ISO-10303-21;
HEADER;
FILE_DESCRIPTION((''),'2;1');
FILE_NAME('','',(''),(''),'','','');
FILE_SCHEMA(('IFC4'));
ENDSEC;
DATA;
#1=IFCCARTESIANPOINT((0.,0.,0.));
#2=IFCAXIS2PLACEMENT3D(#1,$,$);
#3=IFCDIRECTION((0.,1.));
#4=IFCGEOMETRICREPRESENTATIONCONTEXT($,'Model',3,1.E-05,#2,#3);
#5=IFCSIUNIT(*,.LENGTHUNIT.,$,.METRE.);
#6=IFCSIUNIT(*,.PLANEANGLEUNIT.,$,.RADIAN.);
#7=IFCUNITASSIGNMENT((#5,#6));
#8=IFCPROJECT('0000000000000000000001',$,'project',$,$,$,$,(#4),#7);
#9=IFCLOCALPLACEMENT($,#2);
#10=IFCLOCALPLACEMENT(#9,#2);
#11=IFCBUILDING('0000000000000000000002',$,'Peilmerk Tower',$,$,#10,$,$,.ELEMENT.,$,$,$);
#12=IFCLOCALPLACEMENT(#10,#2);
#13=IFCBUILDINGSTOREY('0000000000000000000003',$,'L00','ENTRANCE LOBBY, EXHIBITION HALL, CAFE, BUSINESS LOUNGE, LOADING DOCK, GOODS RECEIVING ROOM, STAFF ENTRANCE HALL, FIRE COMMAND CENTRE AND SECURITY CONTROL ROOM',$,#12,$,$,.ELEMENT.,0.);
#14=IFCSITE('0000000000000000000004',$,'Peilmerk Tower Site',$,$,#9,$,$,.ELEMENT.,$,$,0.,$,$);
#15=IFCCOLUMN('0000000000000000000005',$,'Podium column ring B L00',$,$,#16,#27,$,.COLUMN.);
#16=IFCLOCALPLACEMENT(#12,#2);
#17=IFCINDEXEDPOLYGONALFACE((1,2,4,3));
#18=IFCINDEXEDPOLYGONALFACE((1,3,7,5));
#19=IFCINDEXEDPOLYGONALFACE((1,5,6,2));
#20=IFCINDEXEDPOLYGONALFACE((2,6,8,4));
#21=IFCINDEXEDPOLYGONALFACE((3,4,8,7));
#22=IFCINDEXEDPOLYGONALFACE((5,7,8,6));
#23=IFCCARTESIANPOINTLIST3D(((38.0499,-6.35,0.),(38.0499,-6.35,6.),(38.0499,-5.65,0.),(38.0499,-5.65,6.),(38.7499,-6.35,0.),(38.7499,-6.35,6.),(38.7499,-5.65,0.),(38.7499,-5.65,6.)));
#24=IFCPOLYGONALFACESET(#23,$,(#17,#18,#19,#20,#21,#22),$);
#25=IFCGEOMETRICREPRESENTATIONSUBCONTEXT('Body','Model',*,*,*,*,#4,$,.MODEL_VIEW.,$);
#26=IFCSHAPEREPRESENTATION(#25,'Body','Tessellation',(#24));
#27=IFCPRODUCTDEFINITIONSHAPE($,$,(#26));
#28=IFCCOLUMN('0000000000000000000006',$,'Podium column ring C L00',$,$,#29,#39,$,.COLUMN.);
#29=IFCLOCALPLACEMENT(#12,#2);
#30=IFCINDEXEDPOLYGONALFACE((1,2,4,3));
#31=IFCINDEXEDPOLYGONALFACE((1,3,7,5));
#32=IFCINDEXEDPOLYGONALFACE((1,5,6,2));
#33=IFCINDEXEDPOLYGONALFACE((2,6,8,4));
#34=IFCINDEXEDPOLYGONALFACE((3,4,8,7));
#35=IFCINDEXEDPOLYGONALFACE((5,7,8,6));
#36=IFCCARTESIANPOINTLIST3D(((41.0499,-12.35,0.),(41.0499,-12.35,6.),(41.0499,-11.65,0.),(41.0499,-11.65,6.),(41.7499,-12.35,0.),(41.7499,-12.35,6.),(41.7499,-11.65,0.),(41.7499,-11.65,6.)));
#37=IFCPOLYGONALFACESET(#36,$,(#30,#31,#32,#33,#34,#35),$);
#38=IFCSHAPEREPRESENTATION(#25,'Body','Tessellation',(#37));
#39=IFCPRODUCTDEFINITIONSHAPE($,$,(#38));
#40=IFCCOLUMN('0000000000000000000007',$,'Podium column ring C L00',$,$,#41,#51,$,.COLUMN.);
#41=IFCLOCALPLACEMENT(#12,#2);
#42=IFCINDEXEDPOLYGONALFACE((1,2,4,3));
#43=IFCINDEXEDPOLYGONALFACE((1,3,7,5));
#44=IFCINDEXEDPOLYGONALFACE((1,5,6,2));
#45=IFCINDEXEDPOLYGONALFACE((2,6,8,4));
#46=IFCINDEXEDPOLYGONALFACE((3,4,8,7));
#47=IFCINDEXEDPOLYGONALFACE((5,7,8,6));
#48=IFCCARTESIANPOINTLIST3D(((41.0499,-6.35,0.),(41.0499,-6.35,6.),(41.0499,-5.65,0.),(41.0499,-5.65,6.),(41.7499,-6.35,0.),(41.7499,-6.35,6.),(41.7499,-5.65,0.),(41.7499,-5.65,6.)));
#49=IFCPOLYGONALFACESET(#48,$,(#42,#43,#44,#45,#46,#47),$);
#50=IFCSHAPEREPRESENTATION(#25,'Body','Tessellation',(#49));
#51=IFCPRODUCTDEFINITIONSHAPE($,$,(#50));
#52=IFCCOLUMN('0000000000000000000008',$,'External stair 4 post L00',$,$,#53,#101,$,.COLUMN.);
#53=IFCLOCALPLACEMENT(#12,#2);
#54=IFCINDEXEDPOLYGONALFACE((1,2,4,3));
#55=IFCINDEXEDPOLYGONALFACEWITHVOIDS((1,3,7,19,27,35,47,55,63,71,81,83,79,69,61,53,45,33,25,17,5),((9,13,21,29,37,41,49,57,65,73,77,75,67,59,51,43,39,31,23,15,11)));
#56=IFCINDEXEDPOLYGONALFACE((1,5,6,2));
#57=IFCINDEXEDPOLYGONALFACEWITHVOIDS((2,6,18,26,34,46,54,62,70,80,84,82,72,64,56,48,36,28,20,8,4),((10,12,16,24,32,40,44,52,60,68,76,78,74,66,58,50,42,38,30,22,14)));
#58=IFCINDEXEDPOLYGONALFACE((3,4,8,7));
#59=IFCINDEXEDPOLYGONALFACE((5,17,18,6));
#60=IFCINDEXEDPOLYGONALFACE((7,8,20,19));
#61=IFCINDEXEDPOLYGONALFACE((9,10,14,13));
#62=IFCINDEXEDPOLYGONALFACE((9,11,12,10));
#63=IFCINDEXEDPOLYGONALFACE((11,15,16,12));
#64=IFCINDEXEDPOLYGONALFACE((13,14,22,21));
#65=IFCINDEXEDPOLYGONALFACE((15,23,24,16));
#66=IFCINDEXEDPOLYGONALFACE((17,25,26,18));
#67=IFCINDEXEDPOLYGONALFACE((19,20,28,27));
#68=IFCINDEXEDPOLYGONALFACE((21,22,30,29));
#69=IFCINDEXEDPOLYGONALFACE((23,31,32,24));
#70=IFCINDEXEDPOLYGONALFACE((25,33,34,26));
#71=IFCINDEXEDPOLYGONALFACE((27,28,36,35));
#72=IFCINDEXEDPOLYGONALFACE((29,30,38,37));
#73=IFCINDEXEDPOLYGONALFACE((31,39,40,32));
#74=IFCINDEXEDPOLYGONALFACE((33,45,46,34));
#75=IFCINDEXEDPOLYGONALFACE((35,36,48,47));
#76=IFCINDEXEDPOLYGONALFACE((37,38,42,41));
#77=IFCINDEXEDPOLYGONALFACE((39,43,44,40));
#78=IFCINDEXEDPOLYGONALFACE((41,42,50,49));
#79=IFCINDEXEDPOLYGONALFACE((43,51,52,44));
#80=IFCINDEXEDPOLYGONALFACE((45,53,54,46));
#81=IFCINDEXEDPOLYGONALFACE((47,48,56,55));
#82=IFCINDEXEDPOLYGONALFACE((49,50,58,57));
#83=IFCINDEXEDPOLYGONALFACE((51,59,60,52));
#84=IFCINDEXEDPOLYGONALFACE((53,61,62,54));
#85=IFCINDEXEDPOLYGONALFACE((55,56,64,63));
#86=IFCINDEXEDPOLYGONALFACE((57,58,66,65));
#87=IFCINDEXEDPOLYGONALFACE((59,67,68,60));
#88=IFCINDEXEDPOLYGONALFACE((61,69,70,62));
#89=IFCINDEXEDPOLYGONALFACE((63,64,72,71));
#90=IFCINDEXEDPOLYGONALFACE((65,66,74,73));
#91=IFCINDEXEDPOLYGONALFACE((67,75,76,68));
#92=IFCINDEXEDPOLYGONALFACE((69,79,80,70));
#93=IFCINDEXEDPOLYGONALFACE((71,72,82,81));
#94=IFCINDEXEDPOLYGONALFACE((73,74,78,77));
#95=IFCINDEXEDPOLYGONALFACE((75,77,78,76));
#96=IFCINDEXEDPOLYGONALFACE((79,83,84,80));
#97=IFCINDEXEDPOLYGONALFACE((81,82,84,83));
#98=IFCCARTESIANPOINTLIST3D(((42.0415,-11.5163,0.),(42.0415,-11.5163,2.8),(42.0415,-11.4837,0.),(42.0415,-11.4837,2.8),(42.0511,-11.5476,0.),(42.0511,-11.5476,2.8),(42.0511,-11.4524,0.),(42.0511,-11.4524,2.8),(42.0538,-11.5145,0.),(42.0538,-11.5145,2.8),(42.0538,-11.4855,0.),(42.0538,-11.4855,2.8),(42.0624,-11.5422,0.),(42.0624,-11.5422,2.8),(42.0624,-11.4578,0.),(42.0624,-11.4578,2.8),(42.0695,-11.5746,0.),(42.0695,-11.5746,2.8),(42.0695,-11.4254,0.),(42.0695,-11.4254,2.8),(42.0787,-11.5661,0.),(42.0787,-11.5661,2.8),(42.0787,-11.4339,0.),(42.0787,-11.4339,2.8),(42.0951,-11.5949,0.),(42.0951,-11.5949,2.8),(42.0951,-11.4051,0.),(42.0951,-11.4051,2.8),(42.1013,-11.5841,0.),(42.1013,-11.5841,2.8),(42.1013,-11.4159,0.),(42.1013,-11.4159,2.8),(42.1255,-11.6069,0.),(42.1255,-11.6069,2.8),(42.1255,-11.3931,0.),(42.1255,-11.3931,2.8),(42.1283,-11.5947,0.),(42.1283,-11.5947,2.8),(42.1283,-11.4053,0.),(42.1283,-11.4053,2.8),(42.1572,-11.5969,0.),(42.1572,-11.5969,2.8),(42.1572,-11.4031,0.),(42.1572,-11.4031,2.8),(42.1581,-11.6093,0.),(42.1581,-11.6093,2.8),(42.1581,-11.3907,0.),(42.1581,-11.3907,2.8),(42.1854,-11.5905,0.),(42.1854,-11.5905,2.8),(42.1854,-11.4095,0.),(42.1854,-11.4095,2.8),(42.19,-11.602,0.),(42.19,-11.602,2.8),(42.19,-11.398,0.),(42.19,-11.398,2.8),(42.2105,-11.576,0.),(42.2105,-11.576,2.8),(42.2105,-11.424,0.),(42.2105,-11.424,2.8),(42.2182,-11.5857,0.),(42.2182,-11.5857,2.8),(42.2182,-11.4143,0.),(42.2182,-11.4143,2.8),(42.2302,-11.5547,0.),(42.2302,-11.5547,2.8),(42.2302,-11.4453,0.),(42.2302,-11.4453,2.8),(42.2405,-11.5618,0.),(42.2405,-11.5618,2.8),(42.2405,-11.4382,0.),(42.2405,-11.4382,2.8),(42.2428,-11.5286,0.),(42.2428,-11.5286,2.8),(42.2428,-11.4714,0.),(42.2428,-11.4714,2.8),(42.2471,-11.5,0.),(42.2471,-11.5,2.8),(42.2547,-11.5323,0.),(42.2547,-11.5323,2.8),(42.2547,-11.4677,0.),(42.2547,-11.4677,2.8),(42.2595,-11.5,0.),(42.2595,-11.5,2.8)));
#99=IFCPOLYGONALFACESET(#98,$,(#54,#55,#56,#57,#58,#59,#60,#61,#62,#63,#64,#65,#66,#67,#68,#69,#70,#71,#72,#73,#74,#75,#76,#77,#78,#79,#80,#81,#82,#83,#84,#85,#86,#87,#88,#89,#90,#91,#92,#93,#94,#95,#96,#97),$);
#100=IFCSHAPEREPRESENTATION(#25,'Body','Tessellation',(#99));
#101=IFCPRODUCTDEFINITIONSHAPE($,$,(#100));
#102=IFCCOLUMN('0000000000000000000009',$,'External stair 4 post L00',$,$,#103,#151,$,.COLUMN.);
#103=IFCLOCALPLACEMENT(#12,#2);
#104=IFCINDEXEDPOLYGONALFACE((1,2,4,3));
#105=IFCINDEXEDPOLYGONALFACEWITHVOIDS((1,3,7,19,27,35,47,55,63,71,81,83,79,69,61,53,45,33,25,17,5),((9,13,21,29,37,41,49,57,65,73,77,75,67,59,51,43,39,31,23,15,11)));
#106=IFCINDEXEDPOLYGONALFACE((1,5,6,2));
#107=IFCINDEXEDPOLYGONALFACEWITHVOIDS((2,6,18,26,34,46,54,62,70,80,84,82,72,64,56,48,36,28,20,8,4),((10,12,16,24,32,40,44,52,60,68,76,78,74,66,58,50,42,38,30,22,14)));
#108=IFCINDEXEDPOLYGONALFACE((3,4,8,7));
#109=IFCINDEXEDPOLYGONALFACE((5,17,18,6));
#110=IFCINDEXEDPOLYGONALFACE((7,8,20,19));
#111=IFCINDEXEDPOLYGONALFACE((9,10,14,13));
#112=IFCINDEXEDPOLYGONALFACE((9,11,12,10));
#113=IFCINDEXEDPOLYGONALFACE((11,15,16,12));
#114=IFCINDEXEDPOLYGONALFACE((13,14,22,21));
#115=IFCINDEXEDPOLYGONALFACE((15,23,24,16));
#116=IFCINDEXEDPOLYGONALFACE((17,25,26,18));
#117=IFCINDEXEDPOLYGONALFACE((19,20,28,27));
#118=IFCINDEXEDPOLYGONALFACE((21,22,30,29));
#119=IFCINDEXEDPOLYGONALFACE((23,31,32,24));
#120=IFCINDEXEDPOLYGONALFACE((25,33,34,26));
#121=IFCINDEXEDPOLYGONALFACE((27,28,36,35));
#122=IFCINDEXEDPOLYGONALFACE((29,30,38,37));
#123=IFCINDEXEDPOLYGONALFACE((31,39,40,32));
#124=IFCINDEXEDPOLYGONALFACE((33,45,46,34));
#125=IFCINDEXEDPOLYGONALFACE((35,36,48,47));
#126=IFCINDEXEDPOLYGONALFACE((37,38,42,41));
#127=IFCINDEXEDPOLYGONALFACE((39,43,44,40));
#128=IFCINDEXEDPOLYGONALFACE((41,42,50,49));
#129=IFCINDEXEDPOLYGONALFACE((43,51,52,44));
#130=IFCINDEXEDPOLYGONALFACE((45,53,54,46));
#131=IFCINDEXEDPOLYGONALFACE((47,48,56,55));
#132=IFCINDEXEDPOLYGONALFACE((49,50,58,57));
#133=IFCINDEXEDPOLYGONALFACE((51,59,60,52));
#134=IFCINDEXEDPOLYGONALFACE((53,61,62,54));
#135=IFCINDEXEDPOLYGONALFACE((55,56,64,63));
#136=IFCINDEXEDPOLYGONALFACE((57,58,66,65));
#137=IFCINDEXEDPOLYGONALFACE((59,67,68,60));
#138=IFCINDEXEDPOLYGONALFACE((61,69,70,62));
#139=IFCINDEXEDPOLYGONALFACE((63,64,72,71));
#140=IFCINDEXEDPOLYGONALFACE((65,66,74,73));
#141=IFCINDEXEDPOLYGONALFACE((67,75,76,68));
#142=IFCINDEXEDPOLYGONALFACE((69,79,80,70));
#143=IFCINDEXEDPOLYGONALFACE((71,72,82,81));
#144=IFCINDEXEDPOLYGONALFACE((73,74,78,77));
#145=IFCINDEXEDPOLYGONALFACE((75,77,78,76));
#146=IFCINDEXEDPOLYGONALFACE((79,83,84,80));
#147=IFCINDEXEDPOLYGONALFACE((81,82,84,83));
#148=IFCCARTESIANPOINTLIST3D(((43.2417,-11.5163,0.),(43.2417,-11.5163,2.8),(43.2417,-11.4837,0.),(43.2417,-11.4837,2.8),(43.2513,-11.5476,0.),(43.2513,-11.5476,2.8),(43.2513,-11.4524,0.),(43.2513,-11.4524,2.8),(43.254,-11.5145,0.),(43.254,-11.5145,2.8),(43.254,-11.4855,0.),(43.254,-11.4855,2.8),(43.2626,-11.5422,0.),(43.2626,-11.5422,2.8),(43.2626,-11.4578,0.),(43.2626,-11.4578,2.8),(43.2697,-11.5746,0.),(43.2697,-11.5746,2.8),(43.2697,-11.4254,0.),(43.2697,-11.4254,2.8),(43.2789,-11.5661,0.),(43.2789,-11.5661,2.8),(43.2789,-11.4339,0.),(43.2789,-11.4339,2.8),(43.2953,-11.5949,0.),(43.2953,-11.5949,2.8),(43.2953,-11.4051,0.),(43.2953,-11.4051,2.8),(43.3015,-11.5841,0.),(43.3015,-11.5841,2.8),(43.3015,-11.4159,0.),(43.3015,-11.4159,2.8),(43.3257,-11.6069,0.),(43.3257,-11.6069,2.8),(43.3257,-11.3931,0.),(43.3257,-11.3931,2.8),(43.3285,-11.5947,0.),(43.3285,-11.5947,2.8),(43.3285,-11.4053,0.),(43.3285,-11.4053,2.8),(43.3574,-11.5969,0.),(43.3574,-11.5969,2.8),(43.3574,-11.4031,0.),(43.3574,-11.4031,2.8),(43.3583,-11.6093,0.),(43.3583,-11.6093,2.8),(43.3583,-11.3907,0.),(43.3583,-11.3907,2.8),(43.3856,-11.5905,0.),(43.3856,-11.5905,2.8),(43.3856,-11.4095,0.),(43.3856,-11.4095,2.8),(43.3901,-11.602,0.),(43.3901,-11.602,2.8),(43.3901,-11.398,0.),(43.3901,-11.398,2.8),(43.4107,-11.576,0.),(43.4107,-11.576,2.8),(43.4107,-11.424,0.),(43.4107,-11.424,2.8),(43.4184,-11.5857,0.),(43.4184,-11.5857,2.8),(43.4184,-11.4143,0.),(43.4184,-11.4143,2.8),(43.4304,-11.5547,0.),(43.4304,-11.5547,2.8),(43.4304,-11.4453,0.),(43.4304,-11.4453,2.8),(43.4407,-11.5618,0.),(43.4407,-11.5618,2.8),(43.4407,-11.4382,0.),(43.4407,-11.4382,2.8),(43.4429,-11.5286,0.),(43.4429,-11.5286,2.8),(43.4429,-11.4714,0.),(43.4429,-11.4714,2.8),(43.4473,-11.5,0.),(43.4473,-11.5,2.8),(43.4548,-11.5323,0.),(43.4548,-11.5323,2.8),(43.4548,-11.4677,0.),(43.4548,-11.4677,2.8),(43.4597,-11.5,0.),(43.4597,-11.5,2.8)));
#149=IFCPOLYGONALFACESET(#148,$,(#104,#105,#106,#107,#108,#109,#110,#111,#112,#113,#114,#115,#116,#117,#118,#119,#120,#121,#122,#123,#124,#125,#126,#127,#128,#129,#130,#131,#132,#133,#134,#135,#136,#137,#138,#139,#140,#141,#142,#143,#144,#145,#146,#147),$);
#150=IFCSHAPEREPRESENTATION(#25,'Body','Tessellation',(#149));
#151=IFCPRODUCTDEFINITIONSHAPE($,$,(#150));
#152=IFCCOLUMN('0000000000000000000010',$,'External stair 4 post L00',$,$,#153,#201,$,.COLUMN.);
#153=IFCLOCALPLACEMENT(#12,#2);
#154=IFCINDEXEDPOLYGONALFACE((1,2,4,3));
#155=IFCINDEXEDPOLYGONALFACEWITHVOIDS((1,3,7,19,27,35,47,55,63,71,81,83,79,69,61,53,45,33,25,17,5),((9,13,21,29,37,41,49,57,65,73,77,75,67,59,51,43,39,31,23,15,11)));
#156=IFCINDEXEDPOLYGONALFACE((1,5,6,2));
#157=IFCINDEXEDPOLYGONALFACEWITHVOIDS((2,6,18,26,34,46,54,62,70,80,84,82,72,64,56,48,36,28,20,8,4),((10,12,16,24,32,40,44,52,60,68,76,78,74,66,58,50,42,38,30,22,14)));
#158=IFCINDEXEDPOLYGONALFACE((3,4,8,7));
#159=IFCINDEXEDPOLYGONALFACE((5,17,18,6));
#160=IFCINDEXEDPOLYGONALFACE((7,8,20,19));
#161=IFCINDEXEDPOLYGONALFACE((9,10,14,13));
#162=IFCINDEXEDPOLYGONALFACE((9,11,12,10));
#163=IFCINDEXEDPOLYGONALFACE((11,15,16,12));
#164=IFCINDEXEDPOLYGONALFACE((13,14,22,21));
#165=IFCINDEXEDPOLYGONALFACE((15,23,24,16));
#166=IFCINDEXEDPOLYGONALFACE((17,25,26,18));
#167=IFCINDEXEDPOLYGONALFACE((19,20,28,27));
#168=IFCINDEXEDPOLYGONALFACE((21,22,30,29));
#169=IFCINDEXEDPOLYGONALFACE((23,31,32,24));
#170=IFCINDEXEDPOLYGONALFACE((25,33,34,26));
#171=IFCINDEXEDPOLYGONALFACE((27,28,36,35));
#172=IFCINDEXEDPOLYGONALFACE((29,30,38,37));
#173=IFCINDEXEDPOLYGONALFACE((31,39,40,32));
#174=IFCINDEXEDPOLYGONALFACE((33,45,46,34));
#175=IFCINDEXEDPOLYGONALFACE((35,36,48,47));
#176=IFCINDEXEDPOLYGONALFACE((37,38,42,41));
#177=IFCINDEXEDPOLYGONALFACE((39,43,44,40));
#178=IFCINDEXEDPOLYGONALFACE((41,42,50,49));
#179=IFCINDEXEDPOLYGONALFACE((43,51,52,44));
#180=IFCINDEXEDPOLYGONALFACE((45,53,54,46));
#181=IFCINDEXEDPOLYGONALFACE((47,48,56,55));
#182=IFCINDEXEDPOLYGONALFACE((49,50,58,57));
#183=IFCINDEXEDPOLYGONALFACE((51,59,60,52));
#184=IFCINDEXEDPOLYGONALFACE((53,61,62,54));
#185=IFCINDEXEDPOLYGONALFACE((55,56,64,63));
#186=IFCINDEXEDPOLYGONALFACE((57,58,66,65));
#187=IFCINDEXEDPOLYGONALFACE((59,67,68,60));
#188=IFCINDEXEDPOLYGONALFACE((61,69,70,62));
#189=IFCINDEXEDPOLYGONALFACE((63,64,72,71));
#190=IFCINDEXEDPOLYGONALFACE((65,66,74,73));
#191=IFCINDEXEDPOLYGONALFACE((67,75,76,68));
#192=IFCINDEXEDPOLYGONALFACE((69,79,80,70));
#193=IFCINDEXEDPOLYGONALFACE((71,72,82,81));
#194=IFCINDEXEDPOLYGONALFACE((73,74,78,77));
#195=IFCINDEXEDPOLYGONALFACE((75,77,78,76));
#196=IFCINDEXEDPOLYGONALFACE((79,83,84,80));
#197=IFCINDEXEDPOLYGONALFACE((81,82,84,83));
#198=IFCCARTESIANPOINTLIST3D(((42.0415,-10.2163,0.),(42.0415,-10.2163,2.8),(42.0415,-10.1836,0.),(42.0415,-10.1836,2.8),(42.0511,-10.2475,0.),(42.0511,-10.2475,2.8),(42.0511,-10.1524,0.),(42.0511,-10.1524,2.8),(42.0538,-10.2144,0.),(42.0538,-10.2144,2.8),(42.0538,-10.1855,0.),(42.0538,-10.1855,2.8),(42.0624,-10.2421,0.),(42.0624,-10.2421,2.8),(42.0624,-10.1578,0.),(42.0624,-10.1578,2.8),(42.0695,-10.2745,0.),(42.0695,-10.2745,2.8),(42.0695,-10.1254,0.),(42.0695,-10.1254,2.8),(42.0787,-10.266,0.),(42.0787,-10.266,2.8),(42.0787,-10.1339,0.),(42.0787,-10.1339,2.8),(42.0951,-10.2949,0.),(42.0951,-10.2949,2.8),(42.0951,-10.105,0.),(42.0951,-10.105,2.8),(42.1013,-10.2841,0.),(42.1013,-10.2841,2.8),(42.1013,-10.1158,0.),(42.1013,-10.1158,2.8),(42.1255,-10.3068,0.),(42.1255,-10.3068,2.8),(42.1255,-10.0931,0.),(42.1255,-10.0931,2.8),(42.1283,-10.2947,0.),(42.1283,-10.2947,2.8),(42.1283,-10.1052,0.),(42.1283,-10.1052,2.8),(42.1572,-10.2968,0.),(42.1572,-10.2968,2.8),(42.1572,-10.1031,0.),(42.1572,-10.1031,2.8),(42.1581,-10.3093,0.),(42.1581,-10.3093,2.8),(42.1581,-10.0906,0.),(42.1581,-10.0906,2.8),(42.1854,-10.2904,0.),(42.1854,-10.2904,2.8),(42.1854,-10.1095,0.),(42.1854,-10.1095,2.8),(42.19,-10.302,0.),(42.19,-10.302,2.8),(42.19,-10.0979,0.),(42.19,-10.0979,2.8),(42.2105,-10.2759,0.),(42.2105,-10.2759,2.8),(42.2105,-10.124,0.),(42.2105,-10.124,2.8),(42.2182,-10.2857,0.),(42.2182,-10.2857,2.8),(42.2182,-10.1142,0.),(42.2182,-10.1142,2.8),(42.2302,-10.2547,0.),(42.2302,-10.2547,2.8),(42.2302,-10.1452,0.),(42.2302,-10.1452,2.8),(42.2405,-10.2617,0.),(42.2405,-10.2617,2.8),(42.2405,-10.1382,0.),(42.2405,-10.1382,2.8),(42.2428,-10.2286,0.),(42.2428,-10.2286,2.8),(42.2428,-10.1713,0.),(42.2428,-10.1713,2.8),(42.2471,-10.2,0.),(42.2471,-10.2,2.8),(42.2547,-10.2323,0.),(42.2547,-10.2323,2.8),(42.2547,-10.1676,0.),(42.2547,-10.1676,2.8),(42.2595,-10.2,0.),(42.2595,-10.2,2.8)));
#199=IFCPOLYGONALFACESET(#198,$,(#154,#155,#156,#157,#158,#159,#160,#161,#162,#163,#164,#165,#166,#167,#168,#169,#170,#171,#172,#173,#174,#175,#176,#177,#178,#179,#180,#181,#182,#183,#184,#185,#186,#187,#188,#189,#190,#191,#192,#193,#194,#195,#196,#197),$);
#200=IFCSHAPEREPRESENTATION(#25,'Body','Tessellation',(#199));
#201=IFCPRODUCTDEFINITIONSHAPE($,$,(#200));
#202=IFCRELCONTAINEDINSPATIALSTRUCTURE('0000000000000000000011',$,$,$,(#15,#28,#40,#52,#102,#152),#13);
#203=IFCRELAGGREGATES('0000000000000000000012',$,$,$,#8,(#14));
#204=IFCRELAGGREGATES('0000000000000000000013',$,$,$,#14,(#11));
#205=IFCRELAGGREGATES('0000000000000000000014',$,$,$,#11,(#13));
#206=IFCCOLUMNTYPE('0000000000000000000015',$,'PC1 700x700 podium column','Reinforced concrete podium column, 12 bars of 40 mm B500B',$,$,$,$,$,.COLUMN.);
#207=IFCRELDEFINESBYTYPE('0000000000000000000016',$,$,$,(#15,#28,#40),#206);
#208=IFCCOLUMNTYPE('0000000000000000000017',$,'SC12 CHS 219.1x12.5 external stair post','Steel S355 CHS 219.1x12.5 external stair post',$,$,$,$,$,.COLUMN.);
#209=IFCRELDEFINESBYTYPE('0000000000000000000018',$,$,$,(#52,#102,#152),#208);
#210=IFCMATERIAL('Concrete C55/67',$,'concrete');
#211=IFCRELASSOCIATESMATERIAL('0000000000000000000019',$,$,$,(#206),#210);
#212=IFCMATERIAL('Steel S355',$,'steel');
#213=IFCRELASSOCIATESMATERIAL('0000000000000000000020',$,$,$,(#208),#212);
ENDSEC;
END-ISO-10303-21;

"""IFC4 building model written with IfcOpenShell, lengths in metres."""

from ifc_helpers import new_model, si_unit, direction, frame, origin, origin_2d, place, context, subcontext, project, spatial, rectangle, hollow_circle, extrude, material, material_profile, profile_set, type_object, element, save


model = new_model("IFC4")

# Units and contexts
model_context = context("Model", 3, precision=1e-05, world=origin(), true_north=direction((0.0, 1.0)))
body_context = subcontext(model_context, "Body", "Model", "MODEL_VIEW")
ifc_project = project(units=[si_unit("LENGTHUNIT", "METRE"), si_unit("PLANEANGLEUNIT", "RADIAN")], contexts=[model_context])

# Site, building, storey
site_placement = place(None, origin())
site = spatial("IfcSite", under=ifc_project, at=site_placement, Name="Peilmerk Tower Site", CompositionType="ELEMENT", RefElevation=0.0)
building_placement = place(site_placement, origin())
building = spatial("IfcBuilding", under=site, at=building_placement, Name="Peilmerk Tower", CompositionType="ELEMENT")
storey_placement = place(building_placement, origin())
storey = spatial("IfcBuildingStorey", under=building, at=storey_placement, Name="L00", Description="ENTRANCE LOBBY, EXHIBITION HALL, CAFE, BUSINESS LOUNGE, LOADING DOCK, GOODS RECEIVING ROOM, STAFF ENTRANCE HALL, FIRE COMMAND CENTRE AND SECURITY CONTROL ROOM", CompositionType="ELEMENT", Elevation=0.0)

# Columns
ifc_material_1 = material(Name="Concrete C55/67", Category="concrete")
ifc_material_profile_1 = material_profile(ifc_material_1, rectangle(XDim=0.7, YDim=0.7, at=origin_2d()), Name="RC 700x700")
ifc_profile_set_1 = profile_set([ifc_material_profile_1], Name="Concrete C55/67")
column_type_1 = type_object("IfcColumnType", Name="PC1 700x700 podium column", Description="Reinforced concrete podium column, 12 bars of 40 mm B500B", PredefinedType="COLUMN", material=ifc_profile_set_1)
for number, where, z_axis, x_axis, name in (
    (1, (38.3999, -6.0, 0.0), (0.0, 0.0, 1.0), (1.0, 0.0, 0.0), "Podium column ring B L00"),
    (2, (41.3999, -12.0, 0.0), (0.0, 0.0, 1.0), (1.0, 0.0, 0.0), "Podium column ring C L00"),
    (3, (41.3999, -6.0, 0.0), (0.0, 0.0, 1.0), (1.0, 0.0, 0.0), "Podium column ring C L00"),
):
    element("IfcColumn", number, at=place(storey_placement, frame(where, z_axis=z_axis, x_axis=x_axis)), inside=storey, type_object=column_type_1, Name=name, PredefinedType="COLUMN", context=body_context, shape_type="SweptSolid", body=[
        extrude(rectangle(XDim=0.7, YDim=0.7, at=origin_2d()), origin(), (0.0, 0.0, 1.0), 6.0),
    ])
ifc_material_2 = material(Name="Steel S355", Category="steel")
ifc_material_profile_2 = material_profile(ifc_material_2, hollow_circle(Radius=0.1096, WallThickness=0.0125, at=origin_2d()), Name="CHS 219.1x12.5")
ifc_profile_set_2 = profile_set([ifc_material_profile_2], Name="Steel S355")
column_type_2 = type_object("IfcColumnType", Name="SC12 CHS 219.1x12.5 external stair post", Description="Steel S355 CHS 219.1x12.5 external stair post", PredefinedType="COLUMN", material=ifc_profile_set_2)
for number, where, z_axis, x_axis, name in (
    (4, (42.1499, -11.5, 0.0), (0.0, 0.0, 1.0), (1.0, 0.0, 0.0), "External stair 4 post L00"),
    (5, (43.3501, -11.5, 0.0), (0.0, 0.0, 1.0), (1.0, 0.0, 0.0), "External stair 4 post L00"),
    (6, (42.1499, -10.2, 0.0), (0.0, 0.0, 1.0), (1.0, 0.0, 0.0), "External stair 4 post L00"),
):
    element("IfcColumn", number, at=place(storey_placement, frame(where, z_axis=z_axis, x_axis=x_axis)), inside=storey, type_object=column_type_2, Name=name, PredefinedType="COLUMN", context=body_context, shape_type="SweptSolid", body=[
        extrude(hollow_circle(Radius=0.1096, WallThickness=0.0125, at=origin_2d()), origin(), (0.0, 0.0, 1.0), 2.8),
    ])

save(model, "model.ifc")
